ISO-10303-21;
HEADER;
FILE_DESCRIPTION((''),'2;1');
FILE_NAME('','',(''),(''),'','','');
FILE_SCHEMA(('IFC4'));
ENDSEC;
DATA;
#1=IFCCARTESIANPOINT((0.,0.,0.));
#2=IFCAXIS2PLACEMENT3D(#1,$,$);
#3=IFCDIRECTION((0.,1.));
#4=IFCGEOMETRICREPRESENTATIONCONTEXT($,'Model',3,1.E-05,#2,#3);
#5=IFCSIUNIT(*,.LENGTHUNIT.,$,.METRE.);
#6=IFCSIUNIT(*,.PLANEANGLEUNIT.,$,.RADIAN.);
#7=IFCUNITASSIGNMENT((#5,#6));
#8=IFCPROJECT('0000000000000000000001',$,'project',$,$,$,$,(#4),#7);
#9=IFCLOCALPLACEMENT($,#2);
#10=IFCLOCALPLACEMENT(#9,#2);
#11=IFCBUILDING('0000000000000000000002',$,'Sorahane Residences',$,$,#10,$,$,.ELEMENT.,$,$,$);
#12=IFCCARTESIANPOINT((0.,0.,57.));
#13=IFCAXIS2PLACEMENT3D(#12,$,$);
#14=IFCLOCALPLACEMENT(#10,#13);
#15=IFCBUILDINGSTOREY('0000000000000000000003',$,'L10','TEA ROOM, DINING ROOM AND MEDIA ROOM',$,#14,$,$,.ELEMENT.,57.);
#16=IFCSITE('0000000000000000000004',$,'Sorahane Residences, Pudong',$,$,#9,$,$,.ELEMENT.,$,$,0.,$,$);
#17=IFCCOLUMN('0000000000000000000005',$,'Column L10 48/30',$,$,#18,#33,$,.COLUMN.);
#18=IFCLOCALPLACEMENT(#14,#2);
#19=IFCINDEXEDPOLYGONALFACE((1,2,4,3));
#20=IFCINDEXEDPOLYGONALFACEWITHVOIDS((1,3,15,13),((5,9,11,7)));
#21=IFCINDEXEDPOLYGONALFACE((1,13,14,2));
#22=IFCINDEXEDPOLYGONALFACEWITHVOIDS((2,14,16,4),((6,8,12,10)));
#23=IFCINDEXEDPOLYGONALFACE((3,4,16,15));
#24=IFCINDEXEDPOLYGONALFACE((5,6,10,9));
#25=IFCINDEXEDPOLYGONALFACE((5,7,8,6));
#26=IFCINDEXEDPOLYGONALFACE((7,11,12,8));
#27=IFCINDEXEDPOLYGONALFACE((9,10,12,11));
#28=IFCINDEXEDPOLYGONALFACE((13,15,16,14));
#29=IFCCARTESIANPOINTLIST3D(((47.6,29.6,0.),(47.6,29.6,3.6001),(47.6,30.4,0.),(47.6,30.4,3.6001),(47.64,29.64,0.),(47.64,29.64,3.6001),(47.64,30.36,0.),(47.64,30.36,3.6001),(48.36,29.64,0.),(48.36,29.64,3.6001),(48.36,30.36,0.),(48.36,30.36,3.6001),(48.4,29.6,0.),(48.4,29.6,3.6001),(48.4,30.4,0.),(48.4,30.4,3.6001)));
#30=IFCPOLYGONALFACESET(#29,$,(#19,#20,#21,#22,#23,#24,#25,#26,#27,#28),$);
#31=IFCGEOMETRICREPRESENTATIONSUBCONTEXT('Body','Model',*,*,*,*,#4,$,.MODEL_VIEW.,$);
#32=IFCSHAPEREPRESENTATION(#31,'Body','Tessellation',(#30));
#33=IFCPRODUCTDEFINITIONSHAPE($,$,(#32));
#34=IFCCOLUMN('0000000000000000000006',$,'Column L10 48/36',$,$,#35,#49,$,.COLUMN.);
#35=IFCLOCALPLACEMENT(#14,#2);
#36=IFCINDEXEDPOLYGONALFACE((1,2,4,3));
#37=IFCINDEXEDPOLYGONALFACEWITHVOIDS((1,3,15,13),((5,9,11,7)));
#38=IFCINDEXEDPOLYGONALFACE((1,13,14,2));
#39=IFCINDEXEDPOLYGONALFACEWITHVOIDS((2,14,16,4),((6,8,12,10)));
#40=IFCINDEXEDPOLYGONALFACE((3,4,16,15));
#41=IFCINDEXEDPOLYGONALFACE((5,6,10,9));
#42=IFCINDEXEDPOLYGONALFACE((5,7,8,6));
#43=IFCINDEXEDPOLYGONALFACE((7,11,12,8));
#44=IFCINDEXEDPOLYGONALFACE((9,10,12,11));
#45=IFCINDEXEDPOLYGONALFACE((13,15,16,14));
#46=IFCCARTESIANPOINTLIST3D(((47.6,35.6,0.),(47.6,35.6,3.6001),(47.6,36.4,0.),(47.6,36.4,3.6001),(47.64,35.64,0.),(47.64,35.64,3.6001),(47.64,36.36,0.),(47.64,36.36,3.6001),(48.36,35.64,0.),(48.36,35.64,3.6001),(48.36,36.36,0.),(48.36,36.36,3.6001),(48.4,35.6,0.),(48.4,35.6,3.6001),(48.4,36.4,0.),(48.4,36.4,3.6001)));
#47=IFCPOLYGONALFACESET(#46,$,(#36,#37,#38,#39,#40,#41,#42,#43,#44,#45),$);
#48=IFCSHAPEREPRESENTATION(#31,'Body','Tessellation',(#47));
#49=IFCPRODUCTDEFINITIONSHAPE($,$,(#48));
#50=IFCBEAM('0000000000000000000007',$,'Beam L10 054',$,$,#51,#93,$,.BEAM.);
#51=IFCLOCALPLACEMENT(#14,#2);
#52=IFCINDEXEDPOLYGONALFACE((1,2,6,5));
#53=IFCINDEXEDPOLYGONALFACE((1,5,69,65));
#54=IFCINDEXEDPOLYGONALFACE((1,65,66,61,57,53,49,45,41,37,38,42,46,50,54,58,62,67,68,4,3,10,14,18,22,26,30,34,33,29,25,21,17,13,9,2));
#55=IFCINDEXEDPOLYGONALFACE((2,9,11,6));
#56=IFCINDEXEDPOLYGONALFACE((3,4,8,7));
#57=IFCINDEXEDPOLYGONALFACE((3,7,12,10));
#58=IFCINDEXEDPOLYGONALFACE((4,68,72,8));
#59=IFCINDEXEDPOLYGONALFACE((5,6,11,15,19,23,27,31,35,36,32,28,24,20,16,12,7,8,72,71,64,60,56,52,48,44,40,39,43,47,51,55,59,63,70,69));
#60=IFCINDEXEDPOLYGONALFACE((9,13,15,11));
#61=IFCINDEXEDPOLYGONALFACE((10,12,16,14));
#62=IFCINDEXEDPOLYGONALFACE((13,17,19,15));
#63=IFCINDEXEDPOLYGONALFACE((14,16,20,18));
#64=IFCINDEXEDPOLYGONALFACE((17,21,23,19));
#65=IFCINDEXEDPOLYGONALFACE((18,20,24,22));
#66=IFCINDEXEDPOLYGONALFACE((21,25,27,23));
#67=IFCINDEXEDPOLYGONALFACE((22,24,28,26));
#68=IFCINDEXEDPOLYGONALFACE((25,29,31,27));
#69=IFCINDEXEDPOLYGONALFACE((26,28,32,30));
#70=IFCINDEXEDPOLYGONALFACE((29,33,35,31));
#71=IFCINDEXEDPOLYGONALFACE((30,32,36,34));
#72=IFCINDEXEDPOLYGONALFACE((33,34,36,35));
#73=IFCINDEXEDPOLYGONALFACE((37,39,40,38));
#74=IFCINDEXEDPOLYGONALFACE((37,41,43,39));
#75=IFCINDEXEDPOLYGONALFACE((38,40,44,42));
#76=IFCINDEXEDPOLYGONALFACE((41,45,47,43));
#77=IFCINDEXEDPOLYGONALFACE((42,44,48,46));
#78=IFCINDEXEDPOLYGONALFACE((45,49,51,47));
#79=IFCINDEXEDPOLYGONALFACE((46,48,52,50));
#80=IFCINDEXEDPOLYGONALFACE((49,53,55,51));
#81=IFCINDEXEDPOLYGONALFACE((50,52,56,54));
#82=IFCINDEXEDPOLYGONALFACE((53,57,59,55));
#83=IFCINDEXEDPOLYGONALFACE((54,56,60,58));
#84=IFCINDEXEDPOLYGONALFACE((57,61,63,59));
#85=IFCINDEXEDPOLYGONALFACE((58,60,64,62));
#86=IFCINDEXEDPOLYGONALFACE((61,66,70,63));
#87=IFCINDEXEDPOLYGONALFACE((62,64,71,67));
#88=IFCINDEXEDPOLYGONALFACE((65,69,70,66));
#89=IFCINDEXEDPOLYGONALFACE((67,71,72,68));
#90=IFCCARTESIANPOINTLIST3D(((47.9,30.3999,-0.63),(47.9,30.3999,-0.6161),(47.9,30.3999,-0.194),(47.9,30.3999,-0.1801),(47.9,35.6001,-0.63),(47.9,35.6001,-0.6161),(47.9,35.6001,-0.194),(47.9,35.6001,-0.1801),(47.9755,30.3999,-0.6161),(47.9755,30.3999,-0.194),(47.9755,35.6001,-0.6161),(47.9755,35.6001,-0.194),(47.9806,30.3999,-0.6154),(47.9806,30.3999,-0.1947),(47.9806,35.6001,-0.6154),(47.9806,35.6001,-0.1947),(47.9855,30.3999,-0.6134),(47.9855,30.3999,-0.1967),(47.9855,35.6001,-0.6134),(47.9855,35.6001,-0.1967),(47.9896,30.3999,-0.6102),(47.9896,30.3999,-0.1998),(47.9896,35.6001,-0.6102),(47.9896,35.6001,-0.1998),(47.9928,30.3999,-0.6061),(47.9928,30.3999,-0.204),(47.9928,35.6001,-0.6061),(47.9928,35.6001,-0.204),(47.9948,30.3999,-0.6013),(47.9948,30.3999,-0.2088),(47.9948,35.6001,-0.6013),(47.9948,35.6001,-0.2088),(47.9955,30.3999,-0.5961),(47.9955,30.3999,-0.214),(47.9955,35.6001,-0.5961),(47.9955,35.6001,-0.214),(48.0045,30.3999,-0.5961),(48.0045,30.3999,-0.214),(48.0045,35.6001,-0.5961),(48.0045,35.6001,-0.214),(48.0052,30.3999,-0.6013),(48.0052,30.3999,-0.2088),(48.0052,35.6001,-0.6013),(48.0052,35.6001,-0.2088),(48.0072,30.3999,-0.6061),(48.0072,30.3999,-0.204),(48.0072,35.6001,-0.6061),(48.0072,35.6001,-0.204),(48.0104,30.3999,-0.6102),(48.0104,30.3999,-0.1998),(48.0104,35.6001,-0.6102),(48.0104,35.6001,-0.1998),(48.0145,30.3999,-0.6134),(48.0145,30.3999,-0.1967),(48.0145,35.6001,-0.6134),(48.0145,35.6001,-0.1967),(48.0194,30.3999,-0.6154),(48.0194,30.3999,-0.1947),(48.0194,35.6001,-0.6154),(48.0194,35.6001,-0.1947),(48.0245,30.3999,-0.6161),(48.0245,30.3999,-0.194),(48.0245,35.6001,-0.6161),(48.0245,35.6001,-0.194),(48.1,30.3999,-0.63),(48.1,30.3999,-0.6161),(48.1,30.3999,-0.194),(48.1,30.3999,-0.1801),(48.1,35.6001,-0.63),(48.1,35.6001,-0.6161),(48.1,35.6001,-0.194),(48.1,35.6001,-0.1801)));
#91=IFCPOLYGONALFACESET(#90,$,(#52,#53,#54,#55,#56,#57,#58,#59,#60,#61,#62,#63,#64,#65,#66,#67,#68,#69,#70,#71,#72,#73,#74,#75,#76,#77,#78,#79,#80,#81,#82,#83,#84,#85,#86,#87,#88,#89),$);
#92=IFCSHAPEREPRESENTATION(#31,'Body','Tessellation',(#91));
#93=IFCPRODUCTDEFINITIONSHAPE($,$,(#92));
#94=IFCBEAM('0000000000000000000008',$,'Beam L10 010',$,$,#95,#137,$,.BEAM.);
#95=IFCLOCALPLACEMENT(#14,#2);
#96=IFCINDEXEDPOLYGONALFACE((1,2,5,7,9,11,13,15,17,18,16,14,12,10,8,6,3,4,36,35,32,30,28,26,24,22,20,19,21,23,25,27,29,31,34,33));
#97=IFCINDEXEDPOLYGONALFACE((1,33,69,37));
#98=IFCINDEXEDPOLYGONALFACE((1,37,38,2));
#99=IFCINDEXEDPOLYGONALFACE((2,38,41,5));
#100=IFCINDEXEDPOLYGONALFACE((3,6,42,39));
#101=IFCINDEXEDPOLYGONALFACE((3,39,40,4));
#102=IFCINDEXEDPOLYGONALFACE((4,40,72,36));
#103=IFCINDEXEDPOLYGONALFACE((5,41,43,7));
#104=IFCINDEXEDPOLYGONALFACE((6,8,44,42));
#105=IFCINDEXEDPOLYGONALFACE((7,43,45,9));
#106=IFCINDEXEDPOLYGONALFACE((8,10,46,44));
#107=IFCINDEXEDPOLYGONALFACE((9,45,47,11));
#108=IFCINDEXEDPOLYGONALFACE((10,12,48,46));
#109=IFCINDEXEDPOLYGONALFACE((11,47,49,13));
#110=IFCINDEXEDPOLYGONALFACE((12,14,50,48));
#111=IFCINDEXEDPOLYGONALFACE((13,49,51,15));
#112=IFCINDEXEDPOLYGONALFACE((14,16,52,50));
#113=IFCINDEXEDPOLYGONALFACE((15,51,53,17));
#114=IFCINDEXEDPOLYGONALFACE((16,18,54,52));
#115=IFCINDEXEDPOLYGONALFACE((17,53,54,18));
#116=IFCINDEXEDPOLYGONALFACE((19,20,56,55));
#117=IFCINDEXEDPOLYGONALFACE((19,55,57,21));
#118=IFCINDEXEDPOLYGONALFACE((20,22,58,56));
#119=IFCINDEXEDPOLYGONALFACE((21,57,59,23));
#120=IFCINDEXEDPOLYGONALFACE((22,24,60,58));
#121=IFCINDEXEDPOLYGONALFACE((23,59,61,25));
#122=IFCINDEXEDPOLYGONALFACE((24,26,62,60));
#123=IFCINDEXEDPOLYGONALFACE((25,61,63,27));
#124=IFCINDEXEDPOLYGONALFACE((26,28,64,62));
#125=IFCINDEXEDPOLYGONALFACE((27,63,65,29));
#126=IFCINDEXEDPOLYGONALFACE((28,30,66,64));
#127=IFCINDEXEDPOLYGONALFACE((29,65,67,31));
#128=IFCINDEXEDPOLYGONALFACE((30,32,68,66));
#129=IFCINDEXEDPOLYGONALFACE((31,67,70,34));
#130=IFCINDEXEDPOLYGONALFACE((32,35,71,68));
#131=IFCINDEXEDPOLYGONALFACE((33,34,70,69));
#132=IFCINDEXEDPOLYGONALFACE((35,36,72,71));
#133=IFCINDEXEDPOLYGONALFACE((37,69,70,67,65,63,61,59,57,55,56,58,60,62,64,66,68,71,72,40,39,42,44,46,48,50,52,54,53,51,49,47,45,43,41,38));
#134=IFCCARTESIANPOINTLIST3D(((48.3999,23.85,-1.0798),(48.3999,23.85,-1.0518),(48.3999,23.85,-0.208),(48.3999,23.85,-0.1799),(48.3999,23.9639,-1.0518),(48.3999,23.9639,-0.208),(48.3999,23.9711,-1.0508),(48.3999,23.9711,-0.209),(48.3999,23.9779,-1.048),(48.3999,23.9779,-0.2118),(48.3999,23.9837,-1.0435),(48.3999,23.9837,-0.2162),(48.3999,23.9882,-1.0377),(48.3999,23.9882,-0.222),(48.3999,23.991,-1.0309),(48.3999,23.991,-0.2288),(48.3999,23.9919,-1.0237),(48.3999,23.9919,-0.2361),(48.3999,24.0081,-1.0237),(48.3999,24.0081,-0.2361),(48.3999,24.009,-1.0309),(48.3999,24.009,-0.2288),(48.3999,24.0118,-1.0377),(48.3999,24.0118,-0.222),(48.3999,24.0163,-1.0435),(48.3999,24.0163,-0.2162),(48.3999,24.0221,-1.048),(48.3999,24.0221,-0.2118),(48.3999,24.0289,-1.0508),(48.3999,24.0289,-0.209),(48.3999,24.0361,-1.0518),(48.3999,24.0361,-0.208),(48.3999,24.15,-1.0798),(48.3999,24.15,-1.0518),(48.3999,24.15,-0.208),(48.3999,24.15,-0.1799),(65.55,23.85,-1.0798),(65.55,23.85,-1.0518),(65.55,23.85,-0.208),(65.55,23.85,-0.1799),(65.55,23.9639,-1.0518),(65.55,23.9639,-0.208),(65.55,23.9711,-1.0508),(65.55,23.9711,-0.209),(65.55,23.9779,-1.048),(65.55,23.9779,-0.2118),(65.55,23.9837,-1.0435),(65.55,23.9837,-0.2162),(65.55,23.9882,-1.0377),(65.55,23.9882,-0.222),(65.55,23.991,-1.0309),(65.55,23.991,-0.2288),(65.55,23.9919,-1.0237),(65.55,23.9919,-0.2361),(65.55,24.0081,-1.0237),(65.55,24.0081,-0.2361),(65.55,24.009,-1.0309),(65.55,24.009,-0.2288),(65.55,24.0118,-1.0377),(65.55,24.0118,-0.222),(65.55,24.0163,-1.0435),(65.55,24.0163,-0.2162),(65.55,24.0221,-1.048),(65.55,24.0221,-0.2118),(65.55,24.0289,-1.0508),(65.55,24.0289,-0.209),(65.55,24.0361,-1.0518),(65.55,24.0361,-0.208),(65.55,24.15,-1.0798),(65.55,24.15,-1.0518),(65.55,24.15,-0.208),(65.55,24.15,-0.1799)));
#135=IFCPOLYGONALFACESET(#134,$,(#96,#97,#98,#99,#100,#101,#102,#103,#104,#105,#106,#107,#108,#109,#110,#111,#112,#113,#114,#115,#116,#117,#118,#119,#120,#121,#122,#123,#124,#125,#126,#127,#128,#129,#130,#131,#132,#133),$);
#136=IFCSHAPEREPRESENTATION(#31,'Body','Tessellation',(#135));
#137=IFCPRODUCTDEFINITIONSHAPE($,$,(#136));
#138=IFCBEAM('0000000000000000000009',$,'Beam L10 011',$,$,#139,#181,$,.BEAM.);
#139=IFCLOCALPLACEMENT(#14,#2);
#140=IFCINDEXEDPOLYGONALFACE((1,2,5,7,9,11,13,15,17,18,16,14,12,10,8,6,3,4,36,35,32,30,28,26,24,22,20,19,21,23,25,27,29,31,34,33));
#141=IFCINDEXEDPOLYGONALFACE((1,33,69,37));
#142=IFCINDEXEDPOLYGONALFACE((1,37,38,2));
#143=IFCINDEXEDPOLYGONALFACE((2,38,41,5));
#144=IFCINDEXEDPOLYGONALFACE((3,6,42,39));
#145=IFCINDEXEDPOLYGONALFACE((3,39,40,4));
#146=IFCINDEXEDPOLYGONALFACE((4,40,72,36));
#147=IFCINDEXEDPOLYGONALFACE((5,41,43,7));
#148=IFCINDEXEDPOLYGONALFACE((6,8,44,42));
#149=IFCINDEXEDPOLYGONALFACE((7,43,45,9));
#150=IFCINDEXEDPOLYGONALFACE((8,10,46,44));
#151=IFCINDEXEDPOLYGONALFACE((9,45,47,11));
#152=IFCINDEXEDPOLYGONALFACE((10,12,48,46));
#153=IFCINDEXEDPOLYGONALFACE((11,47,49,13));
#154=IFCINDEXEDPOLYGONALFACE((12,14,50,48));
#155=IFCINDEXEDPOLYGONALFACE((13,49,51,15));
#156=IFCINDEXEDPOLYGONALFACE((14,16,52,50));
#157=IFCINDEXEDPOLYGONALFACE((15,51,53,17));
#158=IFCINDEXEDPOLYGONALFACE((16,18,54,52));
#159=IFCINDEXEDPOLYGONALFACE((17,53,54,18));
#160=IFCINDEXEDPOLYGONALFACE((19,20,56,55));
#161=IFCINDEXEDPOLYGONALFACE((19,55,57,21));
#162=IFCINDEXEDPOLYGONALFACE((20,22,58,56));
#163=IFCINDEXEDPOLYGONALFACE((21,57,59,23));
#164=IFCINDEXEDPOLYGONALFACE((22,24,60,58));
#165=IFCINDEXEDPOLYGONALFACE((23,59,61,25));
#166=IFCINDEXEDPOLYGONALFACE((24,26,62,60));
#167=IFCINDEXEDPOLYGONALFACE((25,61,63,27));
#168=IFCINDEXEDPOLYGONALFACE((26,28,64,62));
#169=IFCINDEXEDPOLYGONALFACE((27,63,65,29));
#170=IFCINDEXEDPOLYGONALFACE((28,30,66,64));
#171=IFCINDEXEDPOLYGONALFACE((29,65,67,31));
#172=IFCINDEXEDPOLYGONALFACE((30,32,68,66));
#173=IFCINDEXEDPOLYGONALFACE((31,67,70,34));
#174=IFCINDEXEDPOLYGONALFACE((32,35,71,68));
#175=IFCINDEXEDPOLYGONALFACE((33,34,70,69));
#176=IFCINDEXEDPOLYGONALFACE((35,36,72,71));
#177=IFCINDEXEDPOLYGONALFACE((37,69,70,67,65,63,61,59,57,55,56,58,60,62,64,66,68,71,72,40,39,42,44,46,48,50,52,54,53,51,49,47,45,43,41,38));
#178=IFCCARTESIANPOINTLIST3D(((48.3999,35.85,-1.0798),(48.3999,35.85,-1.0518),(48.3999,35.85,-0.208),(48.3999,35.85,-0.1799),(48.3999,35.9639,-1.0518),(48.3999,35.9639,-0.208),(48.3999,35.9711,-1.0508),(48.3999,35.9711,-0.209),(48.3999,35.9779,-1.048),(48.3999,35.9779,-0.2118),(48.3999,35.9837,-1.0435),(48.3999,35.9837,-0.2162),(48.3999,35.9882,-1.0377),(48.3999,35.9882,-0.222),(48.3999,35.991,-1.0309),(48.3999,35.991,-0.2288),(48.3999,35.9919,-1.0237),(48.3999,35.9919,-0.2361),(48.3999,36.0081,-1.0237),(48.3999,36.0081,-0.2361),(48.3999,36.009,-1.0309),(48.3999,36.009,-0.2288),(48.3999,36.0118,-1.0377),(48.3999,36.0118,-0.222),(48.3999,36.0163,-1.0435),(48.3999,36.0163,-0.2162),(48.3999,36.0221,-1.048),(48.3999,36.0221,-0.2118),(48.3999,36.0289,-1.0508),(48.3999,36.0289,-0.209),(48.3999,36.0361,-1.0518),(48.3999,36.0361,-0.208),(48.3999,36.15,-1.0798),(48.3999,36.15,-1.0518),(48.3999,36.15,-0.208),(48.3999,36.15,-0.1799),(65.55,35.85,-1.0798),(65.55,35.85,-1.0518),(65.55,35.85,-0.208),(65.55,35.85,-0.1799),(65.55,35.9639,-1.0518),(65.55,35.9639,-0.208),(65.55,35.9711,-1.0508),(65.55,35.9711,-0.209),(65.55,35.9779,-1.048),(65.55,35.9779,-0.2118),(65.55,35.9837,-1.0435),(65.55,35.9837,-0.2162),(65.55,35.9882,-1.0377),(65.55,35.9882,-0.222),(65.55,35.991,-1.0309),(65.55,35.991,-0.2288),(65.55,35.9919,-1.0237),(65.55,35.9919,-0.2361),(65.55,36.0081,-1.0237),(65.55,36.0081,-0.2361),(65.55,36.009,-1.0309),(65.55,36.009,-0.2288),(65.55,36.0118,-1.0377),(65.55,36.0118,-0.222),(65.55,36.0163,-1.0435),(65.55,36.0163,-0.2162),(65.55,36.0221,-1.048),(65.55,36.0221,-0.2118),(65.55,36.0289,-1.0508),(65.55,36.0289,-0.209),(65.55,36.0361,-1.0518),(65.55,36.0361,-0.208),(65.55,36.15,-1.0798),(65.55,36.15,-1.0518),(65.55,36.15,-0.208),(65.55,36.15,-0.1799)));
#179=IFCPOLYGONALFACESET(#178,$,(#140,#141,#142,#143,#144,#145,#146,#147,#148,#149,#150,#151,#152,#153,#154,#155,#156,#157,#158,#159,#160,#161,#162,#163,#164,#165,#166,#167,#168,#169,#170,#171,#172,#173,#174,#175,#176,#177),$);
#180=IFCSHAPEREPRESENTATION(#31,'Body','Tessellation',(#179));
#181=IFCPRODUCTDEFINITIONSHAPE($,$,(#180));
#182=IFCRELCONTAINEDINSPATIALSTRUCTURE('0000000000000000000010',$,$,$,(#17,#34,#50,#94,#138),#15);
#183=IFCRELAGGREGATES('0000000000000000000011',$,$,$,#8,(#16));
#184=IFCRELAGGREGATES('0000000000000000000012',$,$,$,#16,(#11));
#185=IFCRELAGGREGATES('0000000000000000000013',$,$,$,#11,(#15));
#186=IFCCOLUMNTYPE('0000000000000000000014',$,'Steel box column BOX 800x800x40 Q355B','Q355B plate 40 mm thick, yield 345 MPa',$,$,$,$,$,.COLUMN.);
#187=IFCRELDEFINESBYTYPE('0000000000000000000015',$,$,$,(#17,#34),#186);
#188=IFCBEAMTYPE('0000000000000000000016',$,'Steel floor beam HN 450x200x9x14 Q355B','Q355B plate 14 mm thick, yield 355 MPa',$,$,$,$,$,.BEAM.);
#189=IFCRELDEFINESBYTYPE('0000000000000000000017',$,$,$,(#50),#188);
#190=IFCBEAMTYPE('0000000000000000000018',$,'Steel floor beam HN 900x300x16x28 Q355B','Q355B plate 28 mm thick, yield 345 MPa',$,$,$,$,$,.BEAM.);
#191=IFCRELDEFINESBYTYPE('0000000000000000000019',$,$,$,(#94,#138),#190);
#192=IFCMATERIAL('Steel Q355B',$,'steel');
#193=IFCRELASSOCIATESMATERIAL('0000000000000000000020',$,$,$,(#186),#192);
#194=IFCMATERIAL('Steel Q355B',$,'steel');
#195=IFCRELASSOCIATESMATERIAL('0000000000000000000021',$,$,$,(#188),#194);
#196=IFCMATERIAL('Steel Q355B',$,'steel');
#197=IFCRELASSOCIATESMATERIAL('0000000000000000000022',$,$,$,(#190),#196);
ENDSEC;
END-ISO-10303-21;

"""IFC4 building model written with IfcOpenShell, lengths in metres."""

from ifc_helpers import new_model, si_unit, direction, frame, origin, origin_2d, place, context, subcontext, project, spatial, hollow_rectangle, i_section, extrude, material, material_profile, profile_set, type_object, element, save


model = new_model("IFC4")

# Units and contexts
model_context = context("Model", 3, precision=1e-05, world=origin(), true_north=direction((0.0, 1.0)))
body_context = subcontext(model_context, "Body", "Model", "MODEL_VIEW")
ifc_project = project(units=[si_unit("LENGTHUNIT", "METRE"), si_unit("PLANEANGLEUNIT", "RADIAN")], contexts=[model_context])

# Site, building, storey
site_placement = place(None, origin())
site = spatial("IfcSite", under=ifc_project, at=site_placement, Name="Sorahane Residences, Pudong", CompositionType="ELEMENT", RefElevation=0.0)
building_placement = place(site_placement, origin())
building = spatial("IfcBuilding", under=site, at=building_placement, Name="Sorahane Residences", CompositionType="ELEMENT")
storey_placement = place(building_placement, frame((0.0, 0.0, 57.0)))
storey = spatial("IfcBuildingStorey", under=building, at=storey_placement, Name="L10", Description="TEA ROOM, DINING ROOM AND MEDIA ROOM", CompositionType="ELEMENT", Elevation=57.0)

# Columns
ifc_material_1 = material(Name="Steel Q355B", Category="steel")
ifc_material_profile_1 = material_profile(ifc_material_1, hollow_rectangle(XDim=0.8, YDim=0.8, WallThickness=0.04, at=origin_2d()), Name="BOX 800x800x40")
ifc_profile_set_1 = profile_set([ifc_material_profile_1], Name="Steel Q355B")
column_type = type_object("IfcColumnType", Name="Steel box column BOX 800x800x40 Q355B", Description="Q355B plate 40 mm thick, yield 345 MPa", PredefinedType="COLUMN", material=ifc_profile_set_1)
for number, where, z_axis, x_axis, name in (
    (1, (48.0, 30.0, 0.0), (0.0, 0.0, 1.0), (1.0, 0.0, 0.0), "Column L10 48/30"),
    (2, (48.0, 36.0, 0.0), (0.0, 0.0, 1.0), (1.0, 0.0, 0.0), "Column L10 48/36"),
):
    element("IfcColumn", number, at=place(storey_placement, frame(where, z_axis=z_axis, x_axis=x_axis)), inside=storey, type_object=column_type, Name=name, PredefinedType="COLUMN", context=body_context, shape_type="SweptSolid", body=[
        extrude(hollow_rectangle(XDim=0.8, YDim=0.8, WallThickness=0.04, at=origin_2d()), origin(), (0.0, 0.0, 1.0), 3.6001),
    ])

# Beams
ifc_material_2 = material(Name="Steel Q355B", Category="steel")
ifc_material_profile_2 = material_profile(ifc_material_2, i_section(OverallWidth=0.2, OverallDepth=0.45, WebThickness=0.009, FlangeThickness=0.0139, FilletRadius=0.02, at=origin_2d()), Name="HN 450x200x9x14")
ifc_profile_set_2 = profile_set([ifc_material_profile_2], Name="Steel Q355B")
beam_type_1 = type_object("IfcBeamType", Name="Steel floor beam HN 450x200x9x14 Q355B", Description="Q355B plate 14 mm thick, yield 355 MPa", PredefinedType="BEAM", material=ifc_profile_set_2)
beam_1_placement = place(storey_placement, frame((48.0, 30.3999, -0.405), z_axis=(0.0, 1.0, 0.0), x_axis=(-1.0, 0.0, 0.0)))
element("IfcBeam", 3, at=beam_1_placement, inside=storey, type_object=beam_type_1, Name="Beam L10 054", PredefinedType="BEAM", context=body_context, shape_type="SweptSolid", body=[
    extrude(i_section(OverallWidth=0.2, OverallDepth=0.45, WebThickness=0.009, FlangeThickness=0.0139, FilletRadius=0.02, at=origin_2d()), origin(), (0.0, 0.0, 1.0), 5.2002),
])
ifc_material_3 = material(Name="Steel Q355B", Category="steel")
ifc_material_profile_3 = material_profile(ifc_material_3, i_section(OverallWidth=0.3, OverallDepth=0.8999, WebThickness=0.0161, FlangeThickness=0.0281, FilletRadius=0.0281, at=origin_2d()), Name="HN 900x300x16x28")
ifc_profile_set_3 = profile_set([ifc_material_profile_3], Name="Steel Q355B")
beam_type_2 = type_object("IfcBeamType", Name="Steel floor beam HN 900x300x16x28 Q355B", Description="Q355B plate 28 mm thick, yield 345 MPa", PredefinedType="BEAM", material=ifc_profile_set_3)
for number, where, z_axis, x_axis, name in (
    (4, (48.3999, 24.0, -0.6299), (1.0, 0.0, 0.0), (0.0, 1.0, 0.0), "Beam L10 010"),
    (5, (48.3999, 36.0, -0.6299), (1.0, 0.0, 0.0), (0.0, 1.0, 0.0), "Beam L10 011"),
):
    element("IfcBeam", number, at=place(storey_placement, frame(where, z_axis=z_axis, x_axis=x_axis)), inside=storey, type_object=beam_type_2, Name=name, PredefinedType="BEAM", context=body_context, shape_type="SweptSolid", body=[
        extrude(i_section(OverallWidth=0.3, OverallDepth=0.8999, WebThickness=0.0161, FlangeThickness=0.0281, FilletRadius=0.0281, at=origin_2d()), origin(), (0.0, 0.0, 1.0), 17.1501),
    ])

save(model, "model.ifc")
